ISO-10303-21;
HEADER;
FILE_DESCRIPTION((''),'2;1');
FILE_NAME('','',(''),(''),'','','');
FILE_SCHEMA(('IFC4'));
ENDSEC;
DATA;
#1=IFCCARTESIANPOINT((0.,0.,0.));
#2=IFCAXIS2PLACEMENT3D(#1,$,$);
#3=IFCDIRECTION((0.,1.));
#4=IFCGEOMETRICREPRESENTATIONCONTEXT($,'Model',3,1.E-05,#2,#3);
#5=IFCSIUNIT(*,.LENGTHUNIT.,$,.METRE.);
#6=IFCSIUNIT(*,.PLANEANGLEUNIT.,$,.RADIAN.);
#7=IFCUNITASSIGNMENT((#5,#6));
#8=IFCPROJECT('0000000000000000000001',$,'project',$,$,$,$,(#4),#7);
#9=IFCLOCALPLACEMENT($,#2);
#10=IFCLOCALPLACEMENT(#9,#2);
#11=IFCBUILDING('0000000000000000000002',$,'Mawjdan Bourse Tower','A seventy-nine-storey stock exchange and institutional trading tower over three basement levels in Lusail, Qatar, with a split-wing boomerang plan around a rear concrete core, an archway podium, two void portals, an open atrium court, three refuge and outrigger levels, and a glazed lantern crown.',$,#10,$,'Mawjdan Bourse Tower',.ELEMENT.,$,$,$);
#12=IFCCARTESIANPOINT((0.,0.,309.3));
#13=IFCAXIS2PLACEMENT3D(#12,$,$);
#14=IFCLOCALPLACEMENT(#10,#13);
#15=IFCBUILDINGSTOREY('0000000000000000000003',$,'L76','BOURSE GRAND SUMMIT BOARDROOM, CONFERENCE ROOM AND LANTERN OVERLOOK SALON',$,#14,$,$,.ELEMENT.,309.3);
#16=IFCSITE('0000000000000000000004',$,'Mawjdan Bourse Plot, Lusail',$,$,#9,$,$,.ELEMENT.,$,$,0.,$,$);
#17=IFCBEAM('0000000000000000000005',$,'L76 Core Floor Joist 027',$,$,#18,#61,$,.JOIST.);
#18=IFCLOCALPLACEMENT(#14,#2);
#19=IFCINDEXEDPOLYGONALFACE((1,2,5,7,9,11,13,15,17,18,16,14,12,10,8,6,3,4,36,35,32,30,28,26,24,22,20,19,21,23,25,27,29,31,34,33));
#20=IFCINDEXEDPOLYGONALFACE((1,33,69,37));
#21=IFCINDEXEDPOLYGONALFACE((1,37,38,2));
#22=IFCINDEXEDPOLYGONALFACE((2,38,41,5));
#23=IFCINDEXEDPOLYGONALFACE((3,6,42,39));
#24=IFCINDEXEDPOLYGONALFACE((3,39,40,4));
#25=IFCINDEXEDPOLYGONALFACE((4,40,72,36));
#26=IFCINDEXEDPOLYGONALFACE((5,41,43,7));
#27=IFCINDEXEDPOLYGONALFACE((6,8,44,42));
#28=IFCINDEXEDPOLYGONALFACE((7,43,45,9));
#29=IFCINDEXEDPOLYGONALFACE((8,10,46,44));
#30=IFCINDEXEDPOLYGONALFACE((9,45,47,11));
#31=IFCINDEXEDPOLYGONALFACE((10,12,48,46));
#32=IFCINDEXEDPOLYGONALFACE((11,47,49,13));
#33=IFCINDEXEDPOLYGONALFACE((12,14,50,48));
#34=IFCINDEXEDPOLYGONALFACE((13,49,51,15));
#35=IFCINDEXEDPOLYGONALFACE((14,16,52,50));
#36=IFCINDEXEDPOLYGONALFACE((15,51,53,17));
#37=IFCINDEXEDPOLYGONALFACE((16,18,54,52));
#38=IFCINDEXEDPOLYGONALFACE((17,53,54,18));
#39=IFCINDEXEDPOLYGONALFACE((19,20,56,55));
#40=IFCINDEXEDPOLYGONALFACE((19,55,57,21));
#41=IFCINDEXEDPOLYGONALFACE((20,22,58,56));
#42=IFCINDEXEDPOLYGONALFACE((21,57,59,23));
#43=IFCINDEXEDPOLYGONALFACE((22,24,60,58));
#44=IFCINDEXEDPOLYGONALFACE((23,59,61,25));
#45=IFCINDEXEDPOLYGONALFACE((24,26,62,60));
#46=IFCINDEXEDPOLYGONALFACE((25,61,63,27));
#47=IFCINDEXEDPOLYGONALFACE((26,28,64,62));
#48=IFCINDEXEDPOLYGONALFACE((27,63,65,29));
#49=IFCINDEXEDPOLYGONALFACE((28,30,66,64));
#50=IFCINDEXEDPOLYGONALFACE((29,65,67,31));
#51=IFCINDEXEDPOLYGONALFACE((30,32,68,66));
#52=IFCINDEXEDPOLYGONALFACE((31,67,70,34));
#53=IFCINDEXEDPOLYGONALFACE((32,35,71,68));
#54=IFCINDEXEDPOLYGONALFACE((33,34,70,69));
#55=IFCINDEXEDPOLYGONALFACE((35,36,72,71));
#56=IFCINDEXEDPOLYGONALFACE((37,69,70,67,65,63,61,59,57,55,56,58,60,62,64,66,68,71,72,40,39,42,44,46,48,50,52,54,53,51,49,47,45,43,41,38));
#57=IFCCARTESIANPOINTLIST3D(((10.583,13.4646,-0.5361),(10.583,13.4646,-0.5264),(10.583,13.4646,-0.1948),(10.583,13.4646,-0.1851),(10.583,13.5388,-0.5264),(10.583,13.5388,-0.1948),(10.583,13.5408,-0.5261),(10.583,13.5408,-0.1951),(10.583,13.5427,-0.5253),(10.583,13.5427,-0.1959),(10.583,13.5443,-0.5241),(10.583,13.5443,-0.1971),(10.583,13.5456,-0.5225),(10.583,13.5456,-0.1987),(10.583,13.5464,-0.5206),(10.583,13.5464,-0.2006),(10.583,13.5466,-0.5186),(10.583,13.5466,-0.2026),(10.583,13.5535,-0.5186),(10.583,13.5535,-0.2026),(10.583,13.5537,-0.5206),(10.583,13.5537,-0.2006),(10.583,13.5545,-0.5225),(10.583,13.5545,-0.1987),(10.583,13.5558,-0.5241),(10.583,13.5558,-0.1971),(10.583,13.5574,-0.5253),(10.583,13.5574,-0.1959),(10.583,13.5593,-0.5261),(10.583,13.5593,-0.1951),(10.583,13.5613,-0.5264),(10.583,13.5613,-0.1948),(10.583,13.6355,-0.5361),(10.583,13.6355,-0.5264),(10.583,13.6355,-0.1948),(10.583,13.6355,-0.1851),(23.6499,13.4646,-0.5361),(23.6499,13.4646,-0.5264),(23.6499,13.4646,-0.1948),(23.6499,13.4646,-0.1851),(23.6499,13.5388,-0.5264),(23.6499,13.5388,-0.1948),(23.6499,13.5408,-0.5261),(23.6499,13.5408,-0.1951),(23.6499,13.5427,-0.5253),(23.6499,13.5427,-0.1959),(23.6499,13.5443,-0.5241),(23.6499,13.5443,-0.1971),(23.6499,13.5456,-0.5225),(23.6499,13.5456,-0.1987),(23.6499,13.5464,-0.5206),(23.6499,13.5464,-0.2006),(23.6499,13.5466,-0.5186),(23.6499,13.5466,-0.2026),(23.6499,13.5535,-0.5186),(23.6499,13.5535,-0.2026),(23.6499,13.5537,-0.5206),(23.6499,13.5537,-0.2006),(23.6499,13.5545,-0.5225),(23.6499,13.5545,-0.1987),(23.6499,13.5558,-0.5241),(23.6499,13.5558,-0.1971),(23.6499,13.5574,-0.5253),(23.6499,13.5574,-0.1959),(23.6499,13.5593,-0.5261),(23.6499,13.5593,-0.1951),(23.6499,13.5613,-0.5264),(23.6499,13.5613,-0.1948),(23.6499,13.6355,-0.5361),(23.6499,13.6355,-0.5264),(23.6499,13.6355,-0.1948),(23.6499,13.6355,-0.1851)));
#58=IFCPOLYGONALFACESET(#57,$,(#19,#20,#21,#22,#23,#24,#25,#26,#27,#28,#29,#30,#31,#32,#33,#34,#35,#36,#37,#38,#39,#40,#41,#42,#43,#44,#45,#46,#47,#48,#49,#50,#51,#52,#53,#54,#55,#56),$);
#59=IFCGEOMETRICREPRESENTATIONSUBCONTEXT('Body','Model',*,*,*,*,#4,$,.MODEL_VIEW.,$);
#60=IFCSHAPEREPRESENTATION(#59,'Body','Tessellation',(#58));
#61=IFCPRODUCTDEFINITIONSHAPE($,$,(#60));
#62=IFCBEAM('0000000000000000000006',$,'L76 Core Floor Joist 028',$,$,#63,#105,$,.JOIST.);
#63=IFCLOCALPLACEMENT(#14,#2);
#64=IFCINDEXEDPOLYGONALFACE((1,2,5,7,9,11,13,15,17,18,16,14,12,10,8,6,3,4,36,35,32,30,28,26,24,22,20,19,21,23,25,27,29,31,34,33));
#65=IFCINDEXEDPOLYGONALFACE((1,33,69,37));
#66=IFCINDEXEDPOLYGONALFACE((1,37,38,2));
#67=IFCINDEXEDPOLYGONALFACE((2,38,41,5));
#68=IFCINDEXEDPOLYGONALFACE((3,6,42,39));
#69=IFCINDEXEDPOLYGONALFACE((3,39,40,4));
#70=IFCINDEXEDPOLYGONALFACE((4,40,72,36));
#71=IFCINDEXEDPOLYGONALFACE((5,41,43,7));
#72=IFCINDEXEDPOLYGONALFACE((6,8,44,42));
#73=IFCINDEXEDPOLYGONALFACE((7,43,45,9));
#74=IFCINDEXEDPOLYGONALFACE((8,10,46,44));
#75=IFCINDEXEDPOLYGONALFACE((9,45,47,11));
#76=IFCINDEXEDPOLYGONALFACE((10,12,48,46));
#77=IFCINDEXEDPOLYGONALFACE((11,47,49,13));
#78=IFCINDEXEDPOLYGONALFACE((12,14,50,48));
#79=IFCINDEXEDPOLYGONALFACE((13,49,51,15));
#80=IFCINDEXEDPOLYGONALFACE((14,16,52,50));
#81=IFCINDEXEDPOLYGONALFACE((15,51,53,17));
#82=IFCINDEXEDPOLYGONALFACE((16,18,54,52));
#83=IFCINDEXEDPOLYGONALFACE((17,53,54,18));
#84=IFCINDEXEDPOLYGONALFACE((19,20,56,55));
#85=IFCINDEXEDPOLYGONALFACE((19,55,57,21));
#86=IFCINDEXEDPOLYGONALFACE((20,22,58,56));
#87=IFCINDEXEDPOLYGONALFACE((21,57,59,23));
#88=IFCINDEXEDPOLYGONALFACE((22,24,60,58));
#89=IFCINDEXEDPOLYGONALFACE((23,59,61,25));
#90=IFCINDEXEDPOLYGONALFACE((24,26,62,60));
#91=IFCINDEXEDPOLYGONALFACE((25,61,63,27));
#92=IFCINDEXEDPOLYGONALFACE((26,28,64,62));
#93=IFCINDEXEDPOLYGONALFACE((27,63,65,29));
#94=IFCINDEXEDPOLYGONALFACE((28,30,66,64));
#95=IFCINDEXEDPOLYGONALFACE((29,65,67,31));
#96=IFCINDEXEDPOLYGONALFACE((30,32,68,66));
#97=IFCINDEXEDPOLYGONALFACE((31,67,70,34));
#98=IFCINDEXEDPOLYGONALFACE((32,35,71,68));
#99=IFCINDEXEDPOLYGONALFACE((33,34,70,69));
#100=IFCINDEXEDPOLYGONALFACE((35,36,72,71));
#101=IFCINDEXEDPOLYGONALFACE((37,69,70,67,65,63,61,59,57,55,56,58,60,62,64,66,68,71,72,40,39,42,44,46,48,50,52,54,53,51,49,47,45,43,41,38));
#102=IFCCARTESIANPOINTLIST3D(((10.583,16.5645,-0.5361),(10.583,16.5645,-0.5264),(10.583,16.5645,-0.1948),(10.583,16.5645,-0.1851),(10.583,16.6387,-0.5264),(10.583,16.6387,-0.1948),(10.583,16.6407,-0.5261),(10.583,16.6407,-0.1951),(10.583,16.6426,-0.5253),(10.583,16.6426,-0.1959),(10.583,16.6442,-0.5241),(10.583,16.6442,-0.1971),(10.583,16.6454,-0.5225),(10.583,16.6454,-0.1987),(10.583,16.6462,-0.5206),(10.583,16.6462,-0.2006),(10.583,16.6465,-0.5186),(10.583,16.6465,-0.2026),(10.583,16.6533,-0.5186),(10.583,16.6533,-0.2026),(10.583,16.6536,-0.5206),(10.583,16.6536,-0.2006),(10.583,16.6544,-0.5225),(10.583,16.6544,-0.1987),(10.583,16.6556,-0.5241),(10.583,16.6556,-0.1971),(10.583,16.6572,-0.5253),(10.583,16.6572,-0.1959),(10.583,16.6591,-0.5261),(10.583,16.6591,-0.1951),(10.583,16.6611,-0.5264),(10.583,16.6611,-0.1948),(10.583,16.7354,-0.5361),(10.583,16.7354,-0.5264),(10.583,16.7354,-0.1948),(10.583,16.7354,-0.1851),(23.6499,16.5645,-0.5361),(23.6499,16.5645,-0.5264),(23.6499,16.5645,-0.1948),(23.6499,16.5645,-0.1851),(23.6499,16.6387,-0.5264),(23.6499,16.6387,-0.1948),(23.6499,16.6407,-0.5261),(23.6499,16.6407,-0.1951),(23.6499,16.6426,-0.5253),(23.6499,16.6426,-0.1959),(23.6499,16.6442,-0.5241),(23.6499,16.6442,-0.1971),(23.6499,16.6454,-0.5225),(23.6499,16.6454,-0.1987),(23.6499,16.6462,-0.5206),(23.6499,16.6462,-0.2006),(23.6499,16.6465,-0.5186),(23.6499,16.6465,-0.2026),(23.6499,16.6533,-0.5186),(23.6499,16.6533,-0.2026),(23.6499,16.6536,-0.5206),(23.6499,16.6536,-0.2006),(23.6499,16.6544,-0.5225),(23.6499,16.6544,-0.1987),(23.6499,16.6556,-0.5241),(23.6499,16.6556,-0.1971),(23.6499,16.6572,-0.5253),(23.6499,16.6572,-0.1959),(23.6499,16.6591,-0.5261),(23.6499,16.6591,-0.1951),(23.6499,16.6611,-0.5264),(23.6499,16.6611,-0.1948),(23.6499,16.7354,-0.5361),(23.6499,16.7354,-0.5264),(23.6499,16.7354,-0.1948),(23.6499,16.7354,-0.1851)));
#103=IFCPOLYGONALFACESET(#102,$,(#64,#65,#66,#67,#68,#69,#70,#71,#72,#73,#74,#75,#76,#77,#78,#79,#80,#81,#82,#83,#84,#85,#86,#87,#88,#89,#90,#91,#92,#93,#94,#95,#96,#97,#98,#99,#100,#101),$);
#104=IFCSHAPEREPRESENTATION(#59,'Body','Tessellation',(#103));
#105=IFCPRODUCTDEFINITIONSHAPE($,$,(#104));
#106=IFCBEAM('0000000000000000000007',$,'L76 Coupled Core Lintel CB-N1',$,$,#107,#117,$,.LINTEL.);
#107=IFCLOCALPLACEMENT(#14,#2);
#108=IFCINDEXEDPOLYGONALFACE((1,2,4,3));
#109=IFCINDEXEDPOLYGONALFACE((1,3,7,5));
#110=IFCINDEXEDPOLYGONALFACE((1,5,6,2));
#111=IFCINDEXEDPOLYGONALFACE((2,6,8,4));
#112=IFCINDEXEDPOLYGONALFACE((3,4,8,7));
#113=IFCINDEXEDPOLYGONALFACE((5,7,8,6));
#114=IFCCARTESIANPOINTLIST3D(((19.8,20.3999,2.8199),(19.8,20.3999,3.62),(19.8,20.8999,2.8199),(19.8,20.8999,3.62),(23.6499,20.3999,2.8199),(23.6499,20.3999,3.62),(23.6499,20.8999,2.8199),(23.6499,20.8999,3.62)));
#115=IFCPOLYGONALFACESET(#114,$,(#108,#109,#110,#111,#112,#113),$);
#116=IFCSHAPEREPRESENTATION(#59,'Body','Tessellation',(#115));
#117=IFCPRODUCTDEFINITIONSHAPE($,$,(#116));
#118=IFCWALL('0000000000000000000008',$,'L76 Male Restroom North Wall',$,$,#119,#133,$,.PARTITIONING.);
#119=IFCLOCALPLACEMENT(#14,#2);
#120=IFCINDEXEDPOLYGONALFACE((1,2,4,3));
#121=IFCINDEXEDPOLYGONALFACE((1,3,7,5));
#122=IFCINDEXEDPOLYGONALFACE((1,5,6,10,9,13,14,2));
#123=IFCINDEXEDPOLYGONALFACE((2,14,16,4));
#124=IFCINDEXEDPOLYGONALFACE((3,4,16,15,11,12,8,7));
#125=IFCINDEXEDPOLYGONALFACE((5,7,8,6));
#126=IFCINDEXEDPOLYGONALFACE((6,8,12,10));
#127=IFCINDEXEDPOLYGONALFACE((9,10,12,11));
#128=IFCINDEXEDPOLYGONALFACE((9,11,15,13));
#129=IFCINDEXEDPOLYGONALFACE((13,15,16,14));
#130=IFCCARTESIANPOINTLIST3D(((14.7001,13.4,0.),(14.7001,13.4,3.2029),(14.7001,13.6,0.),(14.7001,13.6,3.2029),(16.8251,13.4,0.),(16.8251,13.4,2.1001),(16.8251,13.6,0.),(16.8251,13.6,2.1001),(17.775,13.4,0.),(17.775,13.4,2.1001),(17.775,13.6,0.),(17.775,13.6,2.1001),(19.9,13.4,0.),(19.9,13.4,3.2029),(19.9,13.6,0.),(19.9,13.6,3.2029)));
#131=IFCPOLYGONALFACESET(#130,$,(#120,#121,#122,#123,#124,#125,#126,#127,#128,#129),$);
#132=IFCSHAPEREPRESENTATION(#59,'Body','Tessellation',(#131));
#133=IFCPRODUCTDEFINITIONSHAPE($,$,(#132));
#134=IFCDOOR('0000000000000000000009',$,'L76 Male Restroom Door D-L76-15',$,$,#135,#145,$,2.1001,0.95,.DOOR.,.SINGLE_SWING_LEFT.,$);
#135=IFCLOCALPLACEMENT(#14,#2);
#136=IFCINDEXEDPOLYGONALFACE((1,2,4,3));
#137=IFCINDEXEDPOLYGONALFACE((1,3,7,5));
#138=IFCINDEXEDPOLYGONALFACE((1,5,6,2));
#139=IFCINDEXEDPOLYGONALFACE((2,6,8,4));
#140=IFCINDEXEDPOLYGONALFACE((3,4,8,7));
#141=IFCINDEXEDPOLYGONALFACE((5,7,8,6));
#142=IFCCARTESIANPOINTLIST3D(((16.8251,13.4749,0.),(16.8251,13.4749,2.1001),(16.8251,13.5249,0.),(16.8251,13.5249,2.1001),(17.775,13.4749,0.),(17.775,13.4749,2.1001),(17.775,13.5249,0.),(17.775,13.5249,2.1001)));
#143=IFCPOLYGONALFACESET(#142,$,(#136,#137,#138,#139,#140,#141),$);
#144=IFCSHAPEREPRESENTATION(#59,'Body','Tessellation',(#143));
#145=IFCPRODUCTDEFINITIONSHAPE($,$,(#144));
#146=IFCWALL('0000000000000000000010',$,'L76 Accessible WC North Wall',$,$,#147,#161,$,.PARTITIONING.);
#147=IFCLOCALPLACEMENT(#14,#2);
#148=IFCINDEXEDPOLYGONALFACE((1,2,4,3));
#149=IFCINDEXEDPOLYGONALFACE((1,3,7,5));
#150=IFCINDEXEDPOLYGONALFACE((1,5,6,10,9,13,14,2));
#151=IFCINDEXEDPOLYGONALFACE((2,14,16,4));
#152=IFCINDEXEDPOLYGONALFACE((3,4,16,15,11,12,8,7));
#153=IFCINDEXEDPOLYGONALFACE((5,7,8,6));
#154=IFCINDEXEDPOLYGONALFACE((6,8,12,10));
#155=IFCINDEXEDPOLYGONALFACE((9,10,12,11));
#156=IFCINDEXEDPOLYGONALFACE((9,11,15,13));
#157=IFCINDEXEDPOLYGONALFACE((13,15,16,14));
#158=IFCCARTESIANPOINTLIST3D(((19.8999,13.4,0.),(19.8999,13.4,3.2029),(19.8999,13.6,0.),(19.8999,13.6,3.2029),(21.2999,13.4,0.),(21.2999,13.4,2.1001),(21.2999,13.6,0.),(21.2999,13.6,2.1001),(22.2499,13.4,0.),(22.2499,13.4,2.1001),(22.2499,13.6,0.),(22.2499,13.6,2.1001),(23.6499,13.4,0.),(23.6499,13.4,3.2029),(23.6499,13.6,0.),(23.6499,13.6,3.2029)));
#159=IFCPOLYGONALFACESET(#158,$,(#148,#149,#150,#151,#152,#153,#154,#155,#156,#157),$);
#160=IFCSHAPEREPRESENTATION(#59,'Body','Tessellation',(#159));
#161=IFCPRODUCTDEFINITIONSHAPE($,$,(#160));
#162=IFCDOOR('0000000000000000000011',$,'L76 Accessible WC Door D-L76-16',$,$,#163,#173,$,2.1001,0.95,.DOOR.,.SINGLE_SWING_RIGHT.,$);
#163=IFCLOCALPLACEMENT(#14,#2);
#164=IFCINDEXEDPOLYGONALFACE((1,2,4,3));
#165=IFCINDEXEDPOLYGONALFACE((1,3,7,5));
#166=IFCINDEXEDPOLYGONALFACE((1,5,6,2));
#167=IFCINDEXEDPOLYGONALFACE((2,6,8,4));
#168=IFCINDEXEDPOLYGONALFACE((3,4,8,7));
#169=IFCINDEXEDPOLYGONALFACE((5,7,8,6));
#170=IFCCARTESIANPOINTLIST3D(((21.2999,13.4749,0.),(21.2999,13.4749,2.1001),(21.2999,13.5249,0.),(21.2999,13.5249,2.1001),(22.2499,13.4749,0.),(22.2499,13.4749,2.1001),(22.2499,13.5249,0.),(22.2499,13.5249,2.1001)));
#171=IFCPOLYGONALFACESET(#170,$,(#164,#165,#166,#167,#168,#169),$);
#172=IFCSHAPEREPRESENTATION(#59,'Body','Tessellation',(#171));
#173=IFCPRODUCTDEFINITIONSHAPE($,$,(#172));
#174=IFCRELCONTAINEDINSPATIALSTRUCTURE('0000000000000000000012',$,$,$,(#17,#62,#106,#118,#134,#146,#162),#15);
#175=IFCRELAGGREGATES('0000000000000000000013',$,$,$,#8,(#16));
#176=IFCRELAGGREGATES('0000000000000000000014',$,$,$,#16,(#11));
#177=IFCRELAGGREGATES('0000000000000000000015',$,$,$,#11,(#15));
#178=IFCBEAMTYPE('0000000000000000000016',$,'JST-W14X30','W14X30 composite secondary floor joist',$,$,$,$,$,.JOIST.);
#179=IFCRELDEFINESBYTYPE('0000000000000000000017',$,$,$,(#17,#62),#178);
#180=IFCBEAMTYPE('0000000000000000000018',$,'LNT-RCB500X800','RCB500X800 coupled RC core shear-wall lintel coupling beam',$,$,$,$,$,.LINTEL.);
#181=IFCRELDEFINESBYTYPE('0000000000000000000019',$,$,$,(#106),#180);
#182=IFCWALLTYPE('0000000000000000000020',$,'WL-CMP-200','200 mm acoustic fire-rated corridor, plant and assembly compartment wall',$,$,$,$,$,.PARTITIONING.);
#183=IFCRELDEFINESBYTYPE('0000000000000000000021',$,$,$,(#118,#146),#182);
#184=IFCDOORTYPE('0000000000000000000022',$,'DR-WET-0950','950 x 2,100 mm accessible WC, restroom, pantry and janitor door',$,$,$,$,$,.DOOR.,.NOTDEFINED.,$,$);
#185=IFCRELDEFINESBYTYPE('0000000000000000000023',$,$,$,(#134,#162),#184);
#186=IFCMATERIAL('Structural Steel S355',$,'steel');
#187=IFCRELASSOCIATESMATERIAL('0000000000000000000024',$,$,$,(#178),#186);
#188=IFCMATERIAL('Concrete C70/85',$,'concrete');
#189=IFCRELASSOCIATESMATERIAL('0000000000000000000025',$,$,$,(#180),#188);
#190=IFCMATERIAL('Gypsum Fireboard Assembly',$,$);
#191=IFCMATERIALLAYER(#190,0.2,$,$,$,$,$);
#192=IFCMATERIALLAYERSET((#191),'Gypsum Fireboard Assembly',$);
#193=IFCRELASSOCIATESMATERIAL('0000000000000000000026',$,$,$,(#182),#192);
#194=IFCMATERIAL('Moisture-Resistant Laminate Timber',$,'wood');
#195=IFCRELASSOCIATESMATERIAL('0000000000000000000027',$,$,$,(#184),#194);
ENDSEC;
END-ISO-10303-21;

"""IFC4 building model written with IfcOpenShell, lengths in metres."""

from ifc_helpers import new_model, si_unit, direction, frame, frame_2d, origin, origin_2d, place, context, subcontext, project, spatial, rectangle, i_section, extrude, material, layer, layer_set, material_profile, profile_set, type_object, element, fill, save


model = new_model("IFC4")

# Units and contexts
model_context = context("Model", 3, precision=1e-05, world=origin(), true_north=direction((0.0, 1.0)))
body_context = subcontext(model_context, "Body", "Model", "MODEL_VIEW")
ifc_project = project(units=[si_unit("LENGTHUNIT", "METRE"), si_unit("PLANEANGLEUNIT", "RADIAN")], contexts=[model_context])

# Site, building, storey
site_placement = place(None, origin())
site = spatial("IfcSite", under=ifc_project, at=site_placement, Name="Mawjdan Bourse Plot, Lusail", CompositionType="ELEMENT", RefElevation=0.0)
building_placement = place(site_placement, origin())
building = spatial("IfcBuilding", under=site, at=building_placement, Name="Mawjdan Bourse Tower", Description="A seventy-nine-storey stock exchange and institutional trading tower over three basement levels in Lusail, Qatar, with a split-wing boomerang plan around a rear concrete core, an archway podium, two void portals, an open atrium court, three refuge and outrigger levels, and a glazed lantern crown.", LongName="Mawjdan Bourse Tower", CompositionType="ELEMENT")
storey_placement = place(building_placement, frame((0.0, 0.0, 309.3)))
storey = spatial("IfcBuildingStorey", under=building, at=storey_placement, Name="L76", Description="BOURSE GRAND SUMMIT BOARDROOM, CONFERENCE ROOM AND LANTERN OVERLOOK SALON", CompositionType="ELEMENT", Elevation=309.3)

# Beams
ifc_material_1 = material(Name="Structural Steel S355", Category="steel")
ifc_material_profile_1 = material_profile(ifc_material_1, i_section(OverallWidth=0.1709, OverallDepth=0.3511, WebThickness=0.0068, FlangeThickness=0.0098, FilletRadius=0.0078, at=origin_2d()), Name="W14X30")
ifc_profile_set_1 = profile_set([ifc_material_profile_1], Name="Structural Steel S355")
beam_type_1 = type_object("IfcBeamType", Name="JST-W14X30", Description="W14X30 composite secondary floor joist", PredefinedType="JOIST", material=ifc_profile_set_1)
for number, where, z_axis, x_axis, name in (
    (1, (10.583, 13.55, -0.3606), (1.0, 0.0, 0.0), (0.0, 1.0, 0.0), "L76 Core Floor Joist 027"),
    (2, (10.583, 16.6499, -0.3606), (1.0, 0.0, 0.0), (0.0, 1.0, 0.0), "L76 Core Floor Joist 028"),
):
    element("IfcBeam", number, at=place(storey_placement, frame(where, z_axis=z_axis, x_axis=x_axis)), inside=storey, type_object=beam_type_1, Name=name, PredefinedType="JOIST", context=body_context, shape_type="SweptSolid", body=[
        extrude(i_section(OverallWidth=0.1709, OverallDepth=0.3511, WebThickness=0.0068, FlangeThickness=0.0098, FilletRadius=0.0078, at=origin_2d()), origin(), (0.0, 0.0, 1.0), 13.0669),
    ])
ifc_material_2 = material(Name="Concrete C70/85", Category="concrete")
ifc_material_profile_2 = material_profile(ifc_material_2, rectangle(XDim=0.5, YDim=0.8, at=origin_2d()), Name="RCB500X800")
ifc_profile_set_2 = profile_set([ifc_material_profile_2], Name="Concrete C70/85")
beam_type_2 = type_object("IfcBeamType", Name="LNT-RCB500X800", Description="RCB500X800 coupled RC core shear-wall lintel coupling beam", PredefinedType="LINTEL", material=ifc_profile_set_2)
beam_placement = place(storey_placement, frame((19.8, 20.6499, 3.22), z_axis=(1.0, 0.0, 0.0), x_axis=(0.0, 1.0, 0.0)))
element("IfcBeam", 3, at=beam_placement, inside=storey, type_object=beam_type_2, Name="L76 Coupled Core Lintel CB-N1", PredefinedType="LINTEL", context=body_context, shape_type="SweptSolid", body=[
    extrude(rectangle(XDim=0.5, YDim=0.8, at=origin_2d()), origin(), (0.0, 0.0, 1.0), 3.8499),
])

# Walls, openings, doors
ifc_material_3 = material(Name="Gypsum Fireboard Assembly")
ifc_layer_1 = layer(ifc_material_3, 0.2)
ifc_layer_set_1 = layer_set([ifc_layer_1], Name="Gypsum Fireboard Assembly")
wall_type_1 = type_object("IfcWallType", Name="WL-CMP-200", Description="200 mm acoustic fire-rated corridor, plant and assembly compartment wall", PredefinedType="PARTITIONING", material=ifc_layer_set_1)
wall_1_placement = place(storey_placement, frame((14.7, 13.5, 0.0), z_axis=(0.0, 0.0, 1.0), x_axis=(1.0, 0.0, 0.0)))
wall_1 = element("IfcWall", 4, at=wall_1_placement, inside=storey, type_object=wall_type_1, Name="L76 Male Restroom North Wall", PredefinedType="PARTITIONING", context=body_context, shape_type="SweptSolid", body=[
    extrude(rectangle(XDim=5.2, YDim=0.2, at=frame_2d((2.6001, 0.0))), origin(), (0.0, 0.0, 1.0), 3.2029),
])
opening_1_placement = place(wall_1_placement, frame((2.125, 0.0, 0.0)))
opening_1 = element("IfcOpeningElement", 5, at=opening_1_placement, cuts=wall_1, PredefinedType="OPENING", context=body_context, shape_type="SweptSolid", body=[
    extrude(rectangle(XDim=0.95, YDim=2.1001, at=frame_2d((0.4751, 1.05))), frame((0.0, 0.1099, 0.0), z_axis=(0.0, -1.0, 0.0), x_axis=(1.0, 0.0, 0.0)), (0.0, 0.0, 1.0), 0.22),
])
ifc_material_4 = material(Name="Moisture-Resistant Laminate Timber", Category="wood")
door_type_1 = type_object("IfcDoorType", Name="DR-WET-0950", Description="950 x 2,100 mm accessible WC, restroom, pantry and janitor door", OperationType="NOTDEFINED", PredefinedType="DOOR", material=ifc_material_4)
door_1_placement = place(opening_1_placement, origin())
door_1 = element("IfcDoor", 6, at=door_1_placement, inside=storey, type_object=door_type_1, Name="L76 Male Restroom Door D-L76-15", OperationType="SINGLE_SWING_LEFT", OverallHeight=2.1001, OverallWidth=0.95, PredefinedType="DOOR", context=body_context, shape_type="SweptSolid", body=[
    extrude(rectangle(XDim=0.95, YDim=2.1001, at=frame_2d((0.4751, 1.05))), frame((0.0, 0.0249, 0.0), z_axis=(0.0, -1.0, 0.0), x_axis=(1.0, 0.0, 0.0)), (0.0, 0.0, 1.0), 0.05),
])
fill(opening_1, door_1)
wall_2_placement = place(storey_placement, frame((19.8999, 13.5, 0.0), z_axis=(0.0, 0.0, 1.0), x_axis=(1.0, 0.0, 0.0)))
wall_2 = element("IfcWall", 7, at=wall_2_placement, inside=storey, type_object=wall_type_1, Name="L76 Accessible WC North Wall", PredefinedType="PARTITIONING", context=body_context, shape_type="SweptSolid", body=[
    extrude(rectangle(XDim=3.75, YDim=0.2, at=frame_2d((1.875, 0.0))), origin(), (0.0, 0.0, 1.0), 3.2029),
])
opening_2_placement = place(wall_2_placement, frame((1.3999, 0.0, 0.0)))
opening_2 = element("IfcOpeningElement", 8, at=opening_2_placement, cuts=wall_2, PredefinedType="OPENING", context=body_context, shape_type="SweptSolid", body=[
    extrude(rectangle(XDim=0.95, YDim=2.1001, at=frame_2d((0.4751, 1.05))), frame((0.0, 0.1099, 0.0), z_axis=(0.0, -1.0, 0.0), x_axis=(1.0, 0.0, 0.0)), (0.0, 0.0, 1.0), 0.22),
])
door_2_placement = place(opening_2_placement, origin())
door_2 = element("IfcDoor", 9, at=door_2_placement, inside=storey, type_object=door_type_1, Name="L76 Accessible WC Door D-L76-16", OperationType="SINGLE_SWING_RIGHT", OverallHeight=2.1001, OverallWidth=0.95, PredefinedType="DOOR", context=body_context, shape_type="SweptSolid", body=[
    extrude(rectangle(XDim=0.95, YDim=2.1001, at=frame_2d((0.4751, 1.05))), frame((0.0, 0.0249, 0.0), z_axis=(0.0, -1.0, 0.0), x_axis=(1.0, 0.0, 0.0)), (0.0, 0.0, 1.0), 0.05),
])
fill(opening_2, door_2)

save(model, "model.ifc")
